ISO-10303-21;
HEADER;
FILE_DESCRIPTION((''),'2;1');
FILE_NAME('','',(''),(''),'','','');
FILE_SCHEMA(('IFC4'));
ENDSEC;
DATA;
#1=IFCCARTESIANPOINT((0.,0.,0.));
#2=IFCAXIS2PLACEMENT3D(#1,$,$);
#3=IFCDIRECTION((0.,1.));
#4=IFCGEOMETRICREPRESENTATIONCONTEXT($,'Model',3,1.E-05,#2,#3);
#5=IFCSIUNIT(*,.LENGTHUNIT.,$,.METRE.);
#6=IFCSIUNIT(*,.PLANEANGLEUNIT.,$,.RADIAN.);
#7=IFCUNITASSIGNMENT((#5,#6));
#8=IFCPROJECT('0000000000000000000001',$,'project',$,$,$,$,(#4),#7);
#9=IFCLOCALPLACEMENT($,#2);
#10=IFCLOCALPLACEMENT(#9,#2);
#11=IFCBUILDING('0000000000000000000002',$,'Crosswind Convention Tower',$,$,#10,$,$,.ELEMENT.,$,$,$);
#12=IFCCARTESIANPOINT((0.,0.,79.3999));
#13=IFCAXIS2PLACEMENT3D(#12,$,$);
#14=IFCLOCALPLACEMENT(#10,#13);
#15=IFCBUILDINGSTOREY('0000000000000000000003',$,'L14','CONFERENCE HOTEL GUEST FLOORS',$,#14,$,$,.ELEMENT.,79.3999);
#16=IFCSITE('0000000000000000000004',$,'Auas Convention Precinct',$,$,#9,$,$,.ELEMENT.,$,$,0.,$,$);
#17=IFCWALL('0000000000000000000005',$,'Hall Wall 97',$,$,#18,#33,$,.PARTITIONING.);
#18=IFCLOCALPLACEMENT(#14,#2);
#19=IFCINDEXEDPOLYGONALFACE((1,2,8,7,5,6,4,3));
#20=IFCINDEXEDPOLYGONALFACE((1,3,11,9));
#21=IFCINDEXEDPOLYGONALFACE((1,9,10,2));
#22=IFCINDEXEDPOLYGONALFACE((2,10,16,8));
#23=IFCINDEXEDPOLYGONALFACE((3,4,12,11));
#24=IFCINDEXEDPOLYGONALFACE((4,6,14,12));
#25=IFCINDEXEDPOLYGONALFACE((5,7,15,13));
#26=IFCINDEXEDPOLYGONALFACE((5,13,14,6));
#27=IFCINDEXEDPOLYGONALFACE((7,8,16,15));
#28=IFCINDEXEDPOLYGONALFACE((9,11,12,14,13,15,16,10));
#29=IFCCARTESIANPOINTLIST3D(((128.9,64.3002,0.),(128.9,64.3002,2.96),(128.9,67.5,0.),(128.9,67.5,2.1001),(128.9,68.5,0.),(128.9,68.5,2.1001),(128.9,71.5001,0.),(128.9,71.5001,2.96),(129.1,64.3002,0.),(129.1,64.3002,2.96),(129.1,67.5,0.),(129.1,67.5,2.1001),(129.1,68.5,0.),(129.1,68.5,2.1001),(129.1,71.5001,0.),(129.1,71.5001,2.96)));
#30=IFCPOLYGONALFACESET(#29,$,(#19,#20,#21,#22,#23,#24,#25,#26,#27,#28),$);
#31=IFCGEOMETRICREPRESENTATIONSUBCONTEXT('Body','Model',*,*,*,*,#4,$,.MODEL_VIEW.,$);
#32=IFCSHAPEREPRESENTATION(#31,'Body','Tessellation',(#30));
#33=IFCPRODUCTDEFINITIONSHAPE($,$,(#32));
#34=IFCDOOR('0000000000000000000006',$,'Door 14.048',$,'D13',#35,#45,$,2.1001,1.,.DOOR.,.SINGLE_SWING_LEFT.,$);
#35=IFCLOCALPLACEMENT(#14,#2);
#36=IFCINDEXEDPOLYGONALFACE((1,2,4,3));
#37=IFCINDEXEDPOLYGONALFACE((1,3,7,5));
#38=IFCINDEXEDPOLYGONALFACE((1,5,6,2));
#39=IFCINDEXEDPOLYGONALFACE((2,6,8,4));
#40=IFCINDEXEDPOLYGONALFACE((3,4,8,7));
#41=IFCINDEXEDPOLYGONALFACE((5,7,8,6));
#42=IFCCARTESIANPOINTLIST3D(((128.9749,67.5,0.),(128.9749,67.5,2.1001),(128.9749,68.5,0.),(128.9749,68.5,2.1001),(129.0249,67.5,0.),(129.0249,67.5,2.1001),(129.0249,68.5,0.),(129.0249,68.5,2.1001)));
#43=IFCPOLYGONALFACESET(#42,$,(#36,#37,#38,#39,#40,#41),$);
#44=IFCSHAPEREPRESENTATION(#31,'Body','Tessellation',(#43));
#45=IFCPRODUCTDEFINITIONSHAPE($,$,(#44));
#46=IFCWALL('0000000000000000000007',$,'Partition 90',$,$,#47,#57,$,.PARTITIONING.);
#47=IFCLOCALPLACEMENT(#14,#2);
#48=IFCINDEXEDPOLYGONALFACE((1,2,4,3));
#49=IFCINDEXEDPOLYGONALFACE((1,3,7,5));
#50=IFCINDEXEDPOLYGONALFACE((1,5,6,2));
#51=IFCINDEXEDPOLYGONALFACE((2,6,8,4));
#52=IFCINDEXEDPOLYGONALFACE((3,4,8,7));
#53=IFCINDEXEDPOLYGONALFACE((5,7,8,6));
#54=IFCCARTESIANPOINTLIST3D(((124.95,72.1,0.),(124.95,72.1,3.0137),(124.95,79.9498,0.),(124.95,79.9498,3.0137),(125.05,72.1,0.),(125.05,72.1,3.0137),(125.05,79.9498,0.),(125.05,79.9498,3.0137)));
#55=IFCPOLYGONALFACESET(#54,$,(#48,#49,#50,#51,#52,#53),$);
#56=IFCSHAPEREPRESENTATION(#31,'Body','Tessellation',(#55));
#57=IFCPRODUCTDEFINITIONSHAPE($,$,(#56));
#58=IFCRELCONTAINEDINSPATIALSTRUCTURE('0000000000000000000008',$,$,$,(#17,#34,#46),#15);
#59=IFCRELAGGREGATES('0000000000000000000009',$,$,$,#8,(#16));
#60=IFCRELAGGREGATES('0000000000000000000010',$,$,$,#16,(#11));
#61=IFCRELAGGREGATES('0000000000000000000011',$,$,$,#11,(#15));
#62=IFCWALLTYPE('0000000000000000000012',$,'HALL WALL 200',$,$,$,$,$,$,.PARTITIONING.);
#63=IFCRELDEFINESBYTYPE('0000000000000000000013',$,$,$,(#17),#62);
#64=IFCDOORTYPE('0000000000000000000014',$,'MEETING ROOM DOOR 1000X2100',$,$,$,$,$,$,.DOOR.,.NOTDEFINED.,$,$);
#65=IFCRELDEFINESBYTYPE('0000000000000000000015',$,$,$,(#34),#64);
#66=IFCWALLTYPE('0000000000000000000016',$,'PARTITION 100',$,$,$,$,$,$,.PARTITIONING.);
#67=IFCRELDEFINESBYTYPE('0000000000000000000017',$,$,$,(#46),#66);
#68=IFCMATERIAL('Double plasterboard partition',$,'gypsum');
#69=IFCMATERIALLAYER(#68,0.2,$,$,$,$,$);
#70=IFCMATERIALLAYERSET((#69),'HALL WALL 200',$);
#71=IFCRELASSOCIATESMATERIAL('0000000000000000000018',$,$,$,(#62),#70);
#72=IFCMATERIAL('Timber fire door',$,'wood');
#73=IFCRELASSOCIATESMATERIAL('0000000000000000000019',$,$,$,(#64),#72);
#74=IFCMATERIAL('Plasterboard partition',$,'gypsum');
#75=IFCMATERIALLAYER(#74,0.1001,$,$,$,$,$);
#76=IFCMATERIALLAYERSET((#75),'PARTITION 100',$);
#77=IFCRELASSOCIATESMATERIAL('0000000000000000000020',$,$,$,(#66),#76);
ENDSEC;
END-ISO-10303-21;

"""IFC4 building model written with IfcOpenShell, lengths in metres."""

from ifc_helpers import new_model, si_unit, direction, frame, frame_2d, origin, place, context, subcontext, project, spatial, rectangle, extrude, material, layer, layer_set, type_object, element, fill, save


model = new_model("IFC4")

# Units and contexts
model_context = context("Model", 3, precision=1e-05, world=origin(), true_north=direction((0.0, 1.0)))
body_context = subcontext(model_context, "Body", "Model", "MODEL_VIEW")
ifc_project = project(units=[si_unit("LENGTHUNIT", "METRE"), si_unit("PLANEANGLEUNIT", "RADIAN")], contexts=[model_context])

# Site, building, storey
site_placement = place(None, origin())
site = spatial("IfcSite", under=ifc_project, at=site_placement, Name="Auas Convention Precinct", CompositionType="ELEMENT", RefElevation=0.0)
building_placement = place(site_placement, origin())
building = spatial("IfcBuilding", under=site, at=building_placement, Name="Crosswind Convention Tower", CompositionType="ELEMENT")
storey_placement = place(building_placement, frame((0.0, 0.0, 79.3999)))
storey = spatial("IfcBuildingStorey", under=building, at=storey_placement, Name="L14", Description="CONFERENCE HOTEL GUEST FLOORS", CompositionType="ELEMENT", Elevation=79.3999)

# Shared definitions
ifc_material_1 = material(Name="Plasterboard partition", Category="gypsum")
ifc_material_2 = material(Name="Timber fire door", Category="wood")

# Shared definitions
ifc_material_3 = material(Name="Double plasterboard partition", Category="gypsum")
ifc_layer_1 = layer(ifc_material_3, 0.2)
ifc_layer_set_1 = layer_set([ifc_layer_1], Name="HALL WALL 200")
wall_type_1 = type_object("IfcWallType", Name="HALL WALL 200", PredefinedType="PARTITIONING", material=ifc_layer_set_1)

# Wall, opening, door
wall_1_placement = place(storey_placement, frame((129.0, 64.3, 0.0), z_axis=(0.0, 0.0, 1.0), x_axis=(0.0, 1.0, 0.0)))
wall_1 = element("IfcWall", 1, at=wall_1_placement, inside=storey, type_object=wall_type_1, Name="Hall Wall 97", PredefinedType="PARTITIONING", context=body_context, shape_type="SweptSolid", body=[
    extrude(rectangle(XDim=7.2, YDim=0.2, at=frame_2d((3.6001, 0.0))), origin(), (0.0, 0.0, 1.0), 2.96),
])
opening_1_placement = place(wall_1_placement, frame((3.2, 0.0, 0.0)))
opening_1 = element("IfcOpeningElement", 2, at=opening_1_placement, cuts=wall_1, PredefinedType="OPENING", context=body_context, shape_type="SweptSolid", body=[
    extrude(rectangle(XDim=1.0, YDim=2.1001, at=frame_2d((0.5, 1.05))), frame((0.0, 0.1099, 0.0), z_axis=(0.0, -1.0, 0.0), x_axis=(1.0, 0.0, 0.0)), (0.0, 0.0, 1.0), 0.22),
])
door_type_1 = type_object("IfcDoorType", Name="MEETING ROOM DOOR 1000X2100", OperationType="NOTDEFINED", PredefinedType="DOOR", material=ifc_material_2)
door_1_placement = place(opening_1_placement, frame((1.0, 0.0, 0.0), z_axis=(0.0, 0.0, 1.0), x_axis=(-1.0, 0.0, 0.0)))
door_1 = element("IfcDoor", 3, at=door_1_placement, inside=storey, type_object=door_type_1, Name="Door 14.048", ObjectType="D13", OperationType="SINGLE_SWING_LEFT", OverallHeight=2.1001, OverallWidth=1.0, PredefinedType="DOOR", context=body_context, shape_type="SweptSolid", body=[
    extrude(rectangle(XDim=1.0, YDim=2.1001, at=frame_2d((0.5, 1.05))), frame((0.0, 0.0249, 0.0), z_axis=(0.0, -1.0, 0.0), x_axis=(1.0, 0.0, 0.0)), (0.0, 0.0, 1.0), 0.05),
])
fill(opening_1, door_1)

# Wall
ifc_layer_2 = layer(ifc_material_1, 0.1001)
ifc_layer_set_2 = layer_set([ifc_layer_2], Name="PARTITION 100")
wall_type_2 = type_object("IfcWallType", Name="PARTITION 100", PredefinedType="PARTITIONING", material=ifc_layer_set_2)
wall_2_placement = place(storey_placement, frame((125.0, 72.1001, 0.0), z_axis=(0.0, 0.0, 1.0), x_axis=(0.0, 1.0, 0.0)))
element("IfcWall", 4, at=wall_2_placement, inside=storey, type_object=wall_type_2, Name="Partition 90", PredefinedType="PARTITIONING", context=body_context, shape_type="SweptSolid", body=[
    extrude(rectangle(XDim=7.8499, YDim=0.1001, at=frame_2d((3.9248, 0.0))), origin(), (0.0, 0.0, 1.0), 3.0137),
])

save(model, "model.ifc")
